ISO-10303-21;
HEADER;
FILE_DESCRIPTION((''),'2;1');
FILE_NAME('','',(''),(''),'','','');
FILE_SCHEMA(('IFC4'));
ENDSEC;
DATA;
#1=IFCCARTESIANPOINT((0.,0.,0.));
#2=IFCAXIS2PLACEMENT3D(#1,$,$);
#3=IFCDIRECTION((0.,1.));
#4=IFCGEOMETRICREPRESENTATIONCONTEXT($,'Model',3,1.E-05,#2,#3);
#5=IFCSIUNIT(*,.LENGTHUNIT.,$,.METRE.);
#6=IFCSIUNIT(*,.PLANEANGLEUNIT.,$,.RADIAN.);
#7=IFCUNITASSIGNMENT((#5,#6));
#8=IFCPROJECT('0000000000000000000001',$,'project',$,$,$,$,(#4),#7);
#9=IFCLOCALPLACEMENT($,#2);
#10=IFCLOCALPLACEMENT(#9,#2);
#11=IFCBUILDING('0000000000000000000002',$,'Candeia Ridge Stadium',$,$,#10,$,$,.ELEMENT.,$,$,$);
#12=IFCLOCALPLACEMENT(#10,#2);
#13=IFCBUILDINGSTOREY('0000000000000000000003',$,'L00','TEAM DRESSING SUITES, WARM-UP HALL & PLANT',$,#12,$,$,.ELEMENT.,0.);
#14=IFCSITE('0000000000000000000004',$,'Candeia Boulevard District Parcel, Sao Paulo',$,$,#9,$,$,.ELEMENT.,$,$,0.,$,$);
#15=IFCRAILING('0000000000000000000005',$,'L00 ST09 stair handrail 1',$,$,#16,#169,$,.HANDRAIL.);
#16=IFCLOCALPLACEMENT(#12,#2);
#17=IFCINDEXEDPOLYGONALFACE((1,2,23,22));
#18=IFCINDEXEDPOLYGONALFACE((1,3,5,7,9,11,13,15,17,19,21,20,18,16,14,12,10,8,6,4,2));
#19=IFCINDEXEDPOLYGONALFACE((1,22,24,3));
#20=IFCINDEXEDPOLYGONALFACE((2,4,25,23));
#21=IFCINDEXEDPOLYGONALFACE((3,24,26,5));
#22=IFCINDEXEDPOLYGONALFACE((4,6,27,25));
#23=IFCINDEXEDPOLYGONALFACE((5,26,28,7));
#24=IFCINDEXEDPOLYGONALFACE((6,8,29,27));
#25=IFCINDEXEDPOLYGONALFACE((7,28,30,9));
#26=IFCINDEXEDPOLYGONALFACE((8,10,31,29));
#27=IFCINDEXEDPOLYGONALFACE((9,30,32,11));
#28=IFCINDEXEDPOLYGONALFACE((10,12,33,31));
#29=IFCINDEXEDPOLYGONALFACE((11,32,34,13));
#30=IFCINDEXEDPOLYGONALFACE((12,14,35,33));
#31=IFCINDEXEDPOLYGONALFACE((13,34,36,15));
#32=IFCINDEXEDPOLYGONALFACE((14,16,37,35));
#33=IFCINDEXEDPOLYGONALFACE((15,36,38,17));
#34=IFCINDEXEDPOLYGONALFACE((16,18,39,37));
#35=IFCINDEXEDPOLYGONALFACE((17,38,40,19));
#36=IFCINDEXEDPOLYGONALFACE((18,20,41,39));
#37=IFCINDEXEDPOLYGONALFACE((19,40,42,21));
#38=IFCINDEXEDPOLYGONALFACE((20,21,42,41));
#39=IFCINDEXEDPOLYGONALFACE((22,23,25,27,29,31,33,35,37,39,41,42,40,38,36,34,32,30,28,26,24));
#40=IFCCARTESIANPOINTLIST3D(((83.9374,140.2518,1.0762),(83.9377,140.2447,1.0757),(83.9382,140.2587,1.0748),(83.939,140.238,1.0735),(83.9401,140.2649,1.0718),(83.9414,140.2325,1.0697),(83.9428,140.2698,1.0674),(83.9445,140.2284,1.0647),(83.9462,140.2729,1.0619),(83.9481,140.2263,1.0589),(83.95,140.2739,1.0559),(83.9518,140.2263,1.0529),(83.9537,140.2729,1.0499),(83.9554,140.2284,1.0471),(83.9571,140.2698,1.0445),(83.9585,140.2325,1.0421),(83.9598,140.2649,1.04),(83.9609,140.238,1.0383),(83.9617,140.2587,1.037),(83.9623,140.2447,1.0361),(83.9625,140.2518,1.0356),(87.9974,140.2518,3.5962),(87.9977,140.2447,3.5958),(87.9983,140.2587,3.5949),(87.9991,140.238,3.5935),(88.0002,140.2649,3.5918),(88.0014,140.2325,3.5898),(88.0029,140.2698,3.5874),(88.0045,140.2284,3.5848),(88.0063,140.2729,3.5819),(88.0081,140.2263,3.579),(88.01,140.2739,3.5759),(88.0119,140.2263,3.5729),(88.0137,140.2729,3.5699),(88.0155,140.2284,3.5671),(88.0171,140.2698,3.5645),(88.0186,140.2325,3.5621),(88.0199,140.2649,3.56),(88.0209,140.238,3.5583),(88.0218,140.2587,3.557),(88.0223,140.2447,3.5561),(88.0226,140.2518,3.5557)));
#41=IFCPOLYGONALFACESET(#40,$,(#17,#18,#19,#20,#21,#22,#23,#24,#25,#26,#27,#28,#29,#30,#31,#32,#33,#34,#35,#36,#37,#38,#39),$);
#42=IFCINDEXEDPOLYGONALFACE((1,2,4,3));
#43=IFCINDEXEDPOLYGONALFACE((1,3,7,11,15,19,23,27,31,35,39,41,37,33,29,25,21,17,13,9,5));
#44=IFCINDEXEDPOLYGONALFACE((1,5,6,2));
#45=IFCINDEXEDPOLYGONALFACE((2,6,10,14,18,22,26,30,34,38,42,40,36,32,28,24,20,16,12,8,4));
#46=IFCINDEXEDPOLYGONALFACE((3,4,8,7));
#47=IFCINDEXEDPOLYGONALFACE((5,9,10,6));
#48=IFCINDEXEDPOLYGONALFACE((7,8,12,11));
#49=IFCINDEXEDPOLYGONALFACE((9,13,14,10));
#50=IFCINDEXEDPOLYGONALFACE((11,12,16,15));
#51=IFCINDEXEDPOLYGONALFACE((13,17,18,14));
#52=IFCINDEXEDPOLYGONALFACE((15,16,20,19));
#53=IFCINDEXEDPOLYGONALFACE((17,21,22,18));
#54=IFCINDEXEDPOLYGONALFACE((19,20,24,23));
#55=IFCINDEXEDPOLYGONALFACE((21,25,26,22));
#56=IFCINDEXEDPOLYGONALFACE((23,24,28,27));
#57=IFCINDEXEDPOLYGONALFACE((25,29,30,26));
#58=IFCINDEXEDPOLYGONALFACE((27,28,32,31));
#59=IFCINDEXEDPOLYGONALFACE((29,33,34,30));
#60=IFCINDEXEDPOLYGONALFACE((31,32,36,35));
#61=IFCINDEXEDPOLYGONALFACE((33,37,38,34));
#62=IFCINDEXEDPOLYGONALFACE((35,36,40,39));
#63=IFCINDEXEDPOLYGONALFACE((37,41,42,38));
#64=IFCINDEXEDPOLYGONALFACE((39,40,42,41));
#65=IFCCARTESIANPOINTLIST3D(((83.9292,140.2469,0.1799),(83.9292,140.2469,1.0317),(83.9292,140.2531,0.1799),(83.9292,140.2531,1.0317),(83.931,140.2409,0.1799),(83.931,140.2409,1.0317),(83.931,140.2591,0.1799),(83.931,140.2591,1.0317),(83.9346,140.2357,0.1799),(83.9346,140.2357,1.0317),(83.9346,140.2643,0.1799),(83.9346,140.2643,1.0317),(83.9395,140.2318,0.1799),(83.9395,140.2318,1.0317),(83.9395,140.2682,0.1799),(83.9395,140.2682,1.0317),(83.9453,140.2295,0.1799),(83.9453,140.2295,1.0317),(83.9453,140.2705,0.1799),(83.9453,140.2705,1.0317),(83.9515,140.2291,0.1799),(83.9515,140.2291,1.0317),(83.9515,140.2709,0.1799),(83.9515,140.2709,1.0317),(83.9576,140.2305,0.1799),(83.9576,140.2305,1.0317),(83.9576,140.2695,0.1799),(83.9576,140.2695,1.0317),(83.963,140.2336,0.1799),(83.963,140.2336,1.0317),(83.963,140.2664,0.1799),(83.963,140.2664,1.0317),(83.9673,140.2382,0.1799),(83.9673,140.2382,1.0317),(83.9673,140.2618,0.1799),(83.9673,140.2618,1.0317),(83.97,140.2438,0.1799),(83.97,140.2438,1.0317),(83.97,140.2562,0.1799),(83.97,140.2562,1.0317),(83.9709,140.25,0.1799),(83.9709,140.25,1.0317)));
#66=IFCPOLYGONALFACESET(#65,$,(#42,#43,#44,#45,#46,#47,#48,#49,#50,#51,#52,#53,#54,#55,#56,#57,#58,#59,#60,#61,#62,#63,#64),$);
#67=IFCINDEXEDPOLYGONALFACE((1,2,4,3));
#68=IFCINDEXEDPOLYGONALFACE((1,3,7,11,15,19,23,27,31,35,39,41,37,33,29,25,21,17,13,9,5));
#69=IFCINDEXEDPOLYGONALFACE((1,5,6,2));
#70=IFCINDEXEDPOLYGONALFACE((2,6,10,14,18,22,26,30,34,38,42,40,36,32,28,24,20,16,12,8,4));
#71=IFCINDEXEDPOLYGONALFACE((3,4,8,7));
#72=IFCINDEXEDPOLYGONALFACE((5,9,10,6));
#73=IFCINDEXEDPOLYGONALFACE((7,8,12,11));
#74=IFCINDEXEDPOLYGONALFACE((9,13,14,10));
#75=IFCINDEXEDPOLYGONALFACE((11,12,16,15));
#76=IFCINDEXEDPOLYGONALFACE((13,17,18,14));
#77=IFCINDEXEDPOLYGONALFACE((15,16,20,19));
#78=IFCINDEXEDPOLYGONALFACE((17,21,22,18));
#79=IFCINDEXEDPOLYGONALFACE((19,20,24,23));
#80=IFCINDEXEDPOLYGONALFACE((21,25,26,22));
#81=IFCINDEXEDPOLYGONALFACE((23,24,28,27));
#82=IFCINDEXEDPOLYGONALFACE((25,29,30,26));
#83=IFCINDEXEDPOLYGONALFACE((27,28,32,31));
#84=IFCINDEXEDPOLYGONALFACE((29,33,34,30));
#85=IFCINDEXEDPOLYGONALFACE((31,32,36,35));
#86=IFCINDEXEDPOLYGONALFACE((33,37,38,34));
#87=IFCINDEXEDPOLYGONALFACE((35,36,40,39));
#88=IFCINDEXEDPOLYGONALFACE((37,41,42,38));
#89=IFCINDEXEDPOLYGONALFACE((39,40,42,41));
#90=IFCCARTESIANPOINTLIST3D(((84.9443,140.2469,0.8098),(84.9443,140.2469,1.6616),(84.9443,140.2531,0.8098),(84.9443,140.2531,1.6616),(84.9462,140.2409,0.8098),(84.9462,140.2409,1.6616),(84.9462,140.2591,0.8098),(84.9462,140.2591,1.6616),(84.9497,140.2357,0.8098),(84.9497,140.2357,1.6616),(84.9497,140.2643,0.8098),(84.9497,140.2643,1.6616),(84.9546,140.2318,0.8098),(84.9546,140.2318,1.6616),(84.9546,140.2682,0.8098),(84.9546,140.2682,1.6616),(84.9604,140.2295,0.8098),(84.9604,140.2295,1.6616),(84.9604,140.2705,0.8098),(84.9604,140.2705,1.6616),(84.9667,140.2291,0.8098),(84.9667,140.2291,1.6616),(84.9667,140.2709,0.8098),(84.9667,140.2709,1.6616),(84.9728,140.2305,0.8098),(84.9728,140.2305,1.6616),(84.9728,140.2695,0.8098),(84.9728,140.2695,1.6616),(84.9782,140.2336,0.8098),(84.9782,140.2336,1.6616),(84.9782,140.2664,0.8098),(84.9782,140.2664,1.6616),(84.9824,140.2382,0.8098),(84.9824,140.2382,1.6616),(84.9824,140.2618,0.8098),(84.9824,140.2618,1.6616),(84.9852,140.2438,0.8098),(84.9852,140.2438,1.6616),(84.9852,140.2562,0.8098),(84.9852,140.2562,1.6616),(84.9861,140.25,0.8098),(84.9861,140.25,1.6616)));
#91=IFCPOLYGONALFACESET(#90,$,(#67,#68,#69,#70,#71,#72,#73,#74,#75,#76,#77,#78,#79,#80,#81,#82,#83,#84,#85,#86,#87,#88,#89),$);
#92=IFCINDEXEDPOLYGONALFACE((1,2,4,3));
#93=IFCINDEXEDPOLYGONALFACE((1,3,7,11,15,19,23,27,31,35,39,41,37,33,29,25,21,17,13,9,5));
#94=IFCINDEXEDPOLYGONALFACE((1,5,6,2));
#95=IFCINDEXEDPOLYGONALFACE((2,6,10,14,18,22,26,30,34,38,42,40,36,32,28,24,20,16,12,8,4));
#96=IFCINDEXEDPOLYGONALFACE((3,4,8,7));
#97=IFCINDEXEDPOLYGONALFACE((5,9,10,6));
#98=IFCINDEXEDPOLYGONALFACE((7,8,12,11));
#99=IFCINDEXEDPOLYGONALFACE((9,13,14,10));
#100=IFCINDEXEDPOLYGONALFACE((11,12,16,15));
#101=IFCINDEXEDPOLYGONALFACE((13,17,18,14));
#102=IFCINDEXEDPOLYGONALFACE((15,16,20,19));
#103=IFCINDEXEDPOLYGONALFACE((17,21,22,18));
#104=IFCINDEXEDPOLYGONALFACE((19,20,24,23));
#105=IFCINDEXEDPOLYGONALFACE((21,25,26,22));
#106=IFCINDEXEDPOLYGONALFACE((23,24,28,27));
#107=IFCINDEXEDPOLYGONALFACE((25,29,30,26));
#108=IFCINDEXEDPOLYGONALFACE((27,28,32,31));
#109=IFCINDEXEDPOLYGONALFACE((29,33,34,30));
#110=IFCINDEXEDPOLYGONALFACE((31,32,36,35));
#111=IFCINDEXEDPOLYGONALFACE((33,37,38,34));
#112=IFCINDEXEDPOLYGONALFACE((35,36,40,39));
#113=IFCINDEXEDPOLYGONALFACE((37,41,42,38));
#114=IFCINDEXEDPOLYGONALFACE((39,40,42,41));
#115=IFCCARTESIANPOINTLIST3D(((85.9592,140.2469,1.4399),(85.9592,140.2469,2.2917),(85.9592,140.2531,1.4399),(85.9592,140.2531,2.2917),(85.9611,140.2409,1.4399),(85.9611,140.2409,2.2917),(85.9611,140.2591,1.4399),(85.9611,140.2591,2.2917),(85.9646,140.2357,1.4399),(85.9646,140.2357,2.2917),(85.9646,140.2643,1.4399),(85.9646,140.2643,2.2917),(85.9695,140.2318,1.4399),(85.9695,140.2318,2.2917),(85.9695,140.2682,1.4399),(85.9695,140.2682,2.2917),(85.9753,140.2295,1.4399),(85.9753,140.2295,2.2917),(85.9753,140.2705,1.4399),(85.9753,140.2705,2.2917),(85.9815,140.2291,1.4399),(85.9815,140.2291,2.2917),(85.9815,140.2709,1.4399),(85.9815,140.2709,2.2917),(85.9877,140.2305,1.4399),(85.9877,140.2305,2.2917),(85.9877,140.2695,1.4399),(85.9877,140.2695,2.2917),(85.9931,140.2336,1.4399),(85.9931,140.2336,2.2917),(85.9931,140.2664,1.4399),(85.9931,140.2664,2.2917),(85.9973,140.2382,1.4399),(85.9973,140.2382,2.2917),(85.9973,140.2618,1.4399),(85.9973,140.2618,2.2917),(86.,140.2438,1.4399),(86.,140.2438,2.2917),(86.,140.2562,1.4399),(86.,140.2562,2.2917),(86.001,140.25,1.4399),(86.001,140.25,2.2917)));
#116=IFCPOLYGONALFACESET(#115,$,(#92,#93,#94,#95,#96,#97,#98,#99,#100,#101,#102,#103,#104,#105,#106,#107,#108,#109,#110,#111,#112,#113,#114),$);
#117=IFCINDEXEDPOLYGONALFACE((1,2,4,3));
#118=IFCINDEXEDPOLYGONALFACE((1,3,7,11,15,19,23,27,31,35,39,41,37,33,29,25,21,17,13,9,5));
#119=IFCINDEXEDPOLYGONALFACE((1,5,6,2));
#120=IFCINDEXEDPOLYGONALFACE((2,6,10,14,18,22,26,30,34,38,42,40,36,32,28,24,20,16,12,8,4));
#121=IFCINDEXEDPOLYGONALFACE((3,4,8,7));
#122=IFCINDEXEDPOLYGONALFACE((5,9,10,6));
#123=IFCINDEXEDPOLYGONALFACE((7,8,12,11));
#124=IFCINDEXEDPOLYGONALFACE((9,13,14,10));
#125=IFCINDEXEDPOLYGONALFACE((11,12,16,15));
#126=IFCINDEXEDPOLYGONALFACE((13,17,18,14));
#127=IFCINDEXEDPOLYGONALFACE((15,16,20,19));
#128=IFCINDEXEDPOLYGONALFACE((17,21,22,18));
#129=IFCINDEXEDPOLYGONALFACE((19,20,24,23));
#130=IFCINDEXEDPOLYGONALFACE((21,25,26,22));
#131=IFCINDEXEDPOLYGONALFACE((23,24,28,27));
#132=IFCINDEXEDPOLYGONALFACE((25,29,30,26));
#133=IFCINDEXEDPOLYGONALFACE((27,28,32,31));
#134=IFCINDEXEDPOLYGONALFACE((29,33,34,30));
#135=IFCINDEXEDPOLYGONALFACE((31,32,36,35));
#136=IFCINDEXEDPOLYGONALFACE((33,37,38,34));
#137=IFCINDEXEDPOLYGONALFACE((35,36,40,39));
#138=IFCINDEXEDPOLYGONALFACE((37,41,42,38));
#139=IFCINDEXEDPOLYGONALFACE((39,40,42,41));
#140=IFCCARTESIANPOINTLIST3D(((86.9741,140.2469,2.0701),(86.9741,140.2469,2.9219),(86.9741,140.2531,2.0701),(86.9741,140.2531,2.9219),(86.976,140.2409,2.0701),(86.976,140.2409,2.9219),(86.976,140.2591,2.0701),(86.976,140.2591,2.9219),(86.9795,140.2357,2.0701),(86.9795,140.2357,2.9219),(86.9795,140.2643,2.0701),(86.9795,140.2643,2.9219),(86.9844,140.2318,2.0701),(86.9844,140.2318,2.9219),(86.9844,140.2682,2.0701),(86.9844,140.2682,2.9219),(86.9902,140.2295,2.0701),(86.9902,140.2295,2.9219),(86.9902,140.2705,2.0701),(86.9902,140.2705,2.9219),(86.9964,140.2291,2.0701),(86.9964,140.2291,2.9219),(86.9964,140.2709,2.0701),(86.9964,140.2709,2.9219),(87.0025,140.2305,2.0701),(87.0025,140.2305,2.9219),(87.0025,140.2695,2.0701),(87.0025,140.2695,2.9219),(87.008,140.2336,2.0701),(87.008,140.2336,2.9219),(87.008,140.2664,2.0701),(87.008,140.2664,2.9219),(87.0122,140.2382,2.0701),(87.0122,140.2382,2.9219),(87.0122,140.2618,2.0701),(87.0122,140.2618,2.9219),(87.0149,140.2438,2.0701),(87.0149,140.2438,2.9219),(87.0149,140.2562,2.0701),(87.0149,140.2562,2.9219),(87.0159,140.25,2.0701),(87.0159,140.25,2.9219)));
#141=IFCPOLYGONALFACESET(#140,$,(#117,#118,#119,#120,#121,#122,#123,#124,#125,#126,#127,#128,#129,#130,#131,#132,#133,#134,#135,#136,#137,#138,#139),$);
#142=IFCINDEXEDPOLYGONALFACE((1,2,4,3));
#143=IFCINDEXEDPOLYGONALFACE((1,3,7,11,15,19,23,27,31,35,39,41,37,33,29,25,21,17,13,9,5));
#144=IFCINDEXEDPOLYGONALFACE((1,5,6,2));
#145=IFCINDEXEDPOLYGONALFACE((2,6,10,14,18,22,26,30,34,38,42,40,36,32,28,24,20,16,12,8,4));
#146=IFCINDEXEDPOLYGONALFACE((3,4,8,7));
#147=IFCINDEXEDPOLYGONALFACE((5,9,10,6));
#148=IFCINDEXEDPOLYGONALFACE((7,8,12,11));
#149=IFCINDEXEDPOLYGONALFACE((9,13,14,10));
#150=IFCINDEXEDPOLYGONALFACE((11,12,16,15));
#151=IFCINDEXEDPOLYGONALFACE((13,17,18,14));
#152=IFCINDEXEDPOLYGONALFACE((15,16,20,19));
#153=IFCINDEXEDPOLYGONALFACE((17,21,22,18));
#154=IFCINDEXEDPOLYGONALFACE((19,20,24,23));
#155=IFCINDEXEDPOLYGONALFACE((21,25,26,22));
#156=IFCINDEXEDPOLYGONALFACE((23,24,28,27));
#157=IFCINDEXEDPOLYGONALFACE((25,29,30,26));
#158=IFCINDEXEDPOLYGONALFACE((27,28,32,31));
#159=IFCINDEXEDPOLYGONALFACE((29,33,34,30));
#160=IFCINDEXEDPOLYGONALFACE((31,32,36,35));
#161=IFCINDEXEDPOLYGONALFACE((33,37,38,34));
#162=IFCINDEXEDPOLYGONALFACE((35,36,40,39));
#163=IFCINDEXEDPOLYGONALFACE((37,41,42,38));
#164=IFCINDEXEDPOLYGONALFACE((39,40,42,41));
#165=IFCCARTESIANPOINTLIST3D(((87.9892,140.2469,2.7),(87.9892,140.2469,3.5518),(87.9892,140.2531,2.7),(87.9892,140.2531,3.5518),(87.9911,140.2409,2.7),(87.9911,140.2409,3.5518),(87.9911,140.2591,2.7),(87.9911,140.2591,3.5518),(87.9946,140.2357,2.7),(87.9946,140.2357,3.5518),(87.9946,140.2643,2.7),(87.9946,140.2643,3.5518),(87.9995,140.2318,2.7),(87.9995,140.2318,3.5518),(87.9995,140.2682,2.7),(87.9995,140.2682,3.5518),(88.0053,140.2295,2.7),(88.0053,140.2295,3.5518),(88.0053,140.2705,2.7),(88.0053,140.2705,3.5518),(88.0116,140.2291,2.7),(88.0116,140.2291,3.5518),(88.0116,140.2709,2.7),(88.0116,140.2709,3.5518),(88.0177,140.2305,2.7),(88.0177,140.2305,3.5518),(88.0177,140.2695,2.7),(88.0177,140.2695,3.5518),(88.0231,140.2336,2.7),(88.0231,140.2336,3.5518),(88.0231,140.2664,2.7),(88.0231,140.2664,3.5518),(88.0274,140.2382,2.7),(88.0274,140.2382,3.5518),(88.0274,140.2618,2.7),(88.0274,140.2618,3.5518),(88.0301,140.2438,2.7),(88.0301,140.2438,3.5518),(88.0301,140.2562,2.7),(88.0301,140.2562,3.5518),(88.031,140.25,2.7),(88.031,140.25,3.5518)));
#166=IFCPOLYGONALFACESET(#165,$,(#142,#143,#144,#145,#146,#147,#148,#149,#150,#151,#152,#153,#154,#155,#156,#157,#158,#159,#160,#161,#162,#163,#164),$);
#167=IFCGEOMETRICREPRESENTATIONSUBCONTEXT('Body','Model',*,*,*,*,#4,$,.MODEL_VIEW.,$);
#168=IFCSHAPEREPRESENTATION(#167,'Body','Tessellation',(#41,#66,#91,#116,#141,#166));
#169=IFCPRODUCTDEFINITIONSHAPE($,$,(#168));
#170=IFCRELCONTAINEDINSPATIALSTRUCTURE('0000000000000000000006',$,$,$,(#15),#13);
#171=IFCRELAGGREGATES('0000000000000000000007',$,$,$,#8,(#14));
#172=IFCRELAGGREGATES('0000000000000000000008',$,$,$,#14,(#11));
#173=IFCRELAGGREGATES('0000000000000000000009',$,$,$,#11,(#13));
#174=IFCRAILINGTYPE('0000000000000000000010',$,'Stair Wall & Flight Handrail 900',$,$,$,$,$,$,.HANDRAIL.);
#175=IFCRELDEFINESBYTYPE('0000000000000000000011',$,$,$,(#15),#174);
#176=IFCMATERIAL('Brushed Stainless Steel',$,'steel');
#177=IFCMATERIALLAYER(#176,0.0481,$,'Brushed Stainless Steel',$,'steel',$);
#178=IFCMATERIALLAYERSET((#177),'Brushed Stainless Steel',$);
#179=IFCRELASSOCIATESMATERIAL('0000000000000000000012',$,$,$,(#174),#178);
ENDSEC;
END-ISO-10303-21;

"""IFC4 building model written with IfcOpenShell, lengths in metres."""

from ifc_helpers import new_model, si_unit, direction, frame, origin, origin_2d, place, context, subcontext, project, spatial, circle, extrude, material, layer, layer_set, type_object, element, save


model = new_model("IFC4")

# Units and contexts
model_context = context("Model", 3, precision=1e-05, world=origin(), true_north=direction((0.0, 1.0)))
body_context = subcontext(model_context, "Body", "Model", "MODEL_VIEW")
ifc_project = project(units=[si_unit("LENGTHUNIT", "METRE"), si_unit("PLANEANGLEUNIT", "RADIAN")], contexts=[model_context])

# Site, building, storey
site_placement = place(None, origin())
site = spatial("IfcSite", under=ifc_project, at=site_placement, Name="Candeia Boulevard District Parcel, Sao Paulo", CompositionType="ELEMENT", RefElevation=0.0)
building_placement = place(site_placement, origin())
building = spatial("IfcBuilding", under=site, at=building_placement, Name="Candeia Ridge Stadium", CompositionType="ELEMENT")
storey_placement = place(building_placement, origin())
storey = spatial("IfcBuildingStorey", under=building, at=storey_placement, Name="L00", Description="TEAM DRESSING SUITES, WARM-UP HALL & PLANT", CompositionType="ELEMENT", Elevation=0.0)

# Railing
ifc_material_1 = material(Name="Brushed Stainless Steel", Category="steel")
ifc_layer_1 = layer(ifc_material_1, 0.0481, Name="Brushed Stainless Steel", Category="steel")
ifc_layer_set_1 = layer_set([ifc_layer_1], Name="Brushed Stainless Steel")
railing_type_1 = type_object("IfcRailingType", Name="Stair Wall & Flight Handrail 900", PredefinedType="HANDRAIL", material=ifc_layer_set_1)
railing_1_placement = place(storey_placement, frame((83.95, 140.25, 0.1799)))
element("IfcRailing", 1, at=railing_1_placement, inside=storey, type_object=railing_type_1, Name="L00 ST09 stair handrail 1", PredefinedType="HANDRAIL", context=body_context, shape_type="SweptSolid", body=[
    extrude(circle(Radius=0.0239, at=origin_2d()), frame((0.0, 0.0, 0.876), z_axis=(0.849642, 0.0, 0.52736), x_axis=(0.0, 1.0, 0.0)), (0.0, 0.0, 1.0), 4.7786),
    extrude(circle(Radius=0.021, at=origin_2d()), origin(), (0.0, 0.0, 1.0), 0.8518),
    extrude(circle(Radius=0.021, at=origin_2d()), frame((1.0151, 0.0, 0.6299)), (0.0, 0.0, 1.0), 0.8518),
    extrude(circle(Radius=0.021, at=origin_2d()), frame((2.03, 0.0, 1.26)), (0.0, 0.0, 1.0), 0.8518),
    extrude(circle(Radius=0.021, at=origin_2d()), frame((3.0449, 0.0, 1.8901)), (0.0, 0.0, 1.0), 0.8518),
    extrude(circle(Radius=0.021, at=origin_2d()), frame((4.0601, 0.0, 2.52)), (0.0, 0.0, 1.0), 0.8518),
])

save(model, "model.ifc")
